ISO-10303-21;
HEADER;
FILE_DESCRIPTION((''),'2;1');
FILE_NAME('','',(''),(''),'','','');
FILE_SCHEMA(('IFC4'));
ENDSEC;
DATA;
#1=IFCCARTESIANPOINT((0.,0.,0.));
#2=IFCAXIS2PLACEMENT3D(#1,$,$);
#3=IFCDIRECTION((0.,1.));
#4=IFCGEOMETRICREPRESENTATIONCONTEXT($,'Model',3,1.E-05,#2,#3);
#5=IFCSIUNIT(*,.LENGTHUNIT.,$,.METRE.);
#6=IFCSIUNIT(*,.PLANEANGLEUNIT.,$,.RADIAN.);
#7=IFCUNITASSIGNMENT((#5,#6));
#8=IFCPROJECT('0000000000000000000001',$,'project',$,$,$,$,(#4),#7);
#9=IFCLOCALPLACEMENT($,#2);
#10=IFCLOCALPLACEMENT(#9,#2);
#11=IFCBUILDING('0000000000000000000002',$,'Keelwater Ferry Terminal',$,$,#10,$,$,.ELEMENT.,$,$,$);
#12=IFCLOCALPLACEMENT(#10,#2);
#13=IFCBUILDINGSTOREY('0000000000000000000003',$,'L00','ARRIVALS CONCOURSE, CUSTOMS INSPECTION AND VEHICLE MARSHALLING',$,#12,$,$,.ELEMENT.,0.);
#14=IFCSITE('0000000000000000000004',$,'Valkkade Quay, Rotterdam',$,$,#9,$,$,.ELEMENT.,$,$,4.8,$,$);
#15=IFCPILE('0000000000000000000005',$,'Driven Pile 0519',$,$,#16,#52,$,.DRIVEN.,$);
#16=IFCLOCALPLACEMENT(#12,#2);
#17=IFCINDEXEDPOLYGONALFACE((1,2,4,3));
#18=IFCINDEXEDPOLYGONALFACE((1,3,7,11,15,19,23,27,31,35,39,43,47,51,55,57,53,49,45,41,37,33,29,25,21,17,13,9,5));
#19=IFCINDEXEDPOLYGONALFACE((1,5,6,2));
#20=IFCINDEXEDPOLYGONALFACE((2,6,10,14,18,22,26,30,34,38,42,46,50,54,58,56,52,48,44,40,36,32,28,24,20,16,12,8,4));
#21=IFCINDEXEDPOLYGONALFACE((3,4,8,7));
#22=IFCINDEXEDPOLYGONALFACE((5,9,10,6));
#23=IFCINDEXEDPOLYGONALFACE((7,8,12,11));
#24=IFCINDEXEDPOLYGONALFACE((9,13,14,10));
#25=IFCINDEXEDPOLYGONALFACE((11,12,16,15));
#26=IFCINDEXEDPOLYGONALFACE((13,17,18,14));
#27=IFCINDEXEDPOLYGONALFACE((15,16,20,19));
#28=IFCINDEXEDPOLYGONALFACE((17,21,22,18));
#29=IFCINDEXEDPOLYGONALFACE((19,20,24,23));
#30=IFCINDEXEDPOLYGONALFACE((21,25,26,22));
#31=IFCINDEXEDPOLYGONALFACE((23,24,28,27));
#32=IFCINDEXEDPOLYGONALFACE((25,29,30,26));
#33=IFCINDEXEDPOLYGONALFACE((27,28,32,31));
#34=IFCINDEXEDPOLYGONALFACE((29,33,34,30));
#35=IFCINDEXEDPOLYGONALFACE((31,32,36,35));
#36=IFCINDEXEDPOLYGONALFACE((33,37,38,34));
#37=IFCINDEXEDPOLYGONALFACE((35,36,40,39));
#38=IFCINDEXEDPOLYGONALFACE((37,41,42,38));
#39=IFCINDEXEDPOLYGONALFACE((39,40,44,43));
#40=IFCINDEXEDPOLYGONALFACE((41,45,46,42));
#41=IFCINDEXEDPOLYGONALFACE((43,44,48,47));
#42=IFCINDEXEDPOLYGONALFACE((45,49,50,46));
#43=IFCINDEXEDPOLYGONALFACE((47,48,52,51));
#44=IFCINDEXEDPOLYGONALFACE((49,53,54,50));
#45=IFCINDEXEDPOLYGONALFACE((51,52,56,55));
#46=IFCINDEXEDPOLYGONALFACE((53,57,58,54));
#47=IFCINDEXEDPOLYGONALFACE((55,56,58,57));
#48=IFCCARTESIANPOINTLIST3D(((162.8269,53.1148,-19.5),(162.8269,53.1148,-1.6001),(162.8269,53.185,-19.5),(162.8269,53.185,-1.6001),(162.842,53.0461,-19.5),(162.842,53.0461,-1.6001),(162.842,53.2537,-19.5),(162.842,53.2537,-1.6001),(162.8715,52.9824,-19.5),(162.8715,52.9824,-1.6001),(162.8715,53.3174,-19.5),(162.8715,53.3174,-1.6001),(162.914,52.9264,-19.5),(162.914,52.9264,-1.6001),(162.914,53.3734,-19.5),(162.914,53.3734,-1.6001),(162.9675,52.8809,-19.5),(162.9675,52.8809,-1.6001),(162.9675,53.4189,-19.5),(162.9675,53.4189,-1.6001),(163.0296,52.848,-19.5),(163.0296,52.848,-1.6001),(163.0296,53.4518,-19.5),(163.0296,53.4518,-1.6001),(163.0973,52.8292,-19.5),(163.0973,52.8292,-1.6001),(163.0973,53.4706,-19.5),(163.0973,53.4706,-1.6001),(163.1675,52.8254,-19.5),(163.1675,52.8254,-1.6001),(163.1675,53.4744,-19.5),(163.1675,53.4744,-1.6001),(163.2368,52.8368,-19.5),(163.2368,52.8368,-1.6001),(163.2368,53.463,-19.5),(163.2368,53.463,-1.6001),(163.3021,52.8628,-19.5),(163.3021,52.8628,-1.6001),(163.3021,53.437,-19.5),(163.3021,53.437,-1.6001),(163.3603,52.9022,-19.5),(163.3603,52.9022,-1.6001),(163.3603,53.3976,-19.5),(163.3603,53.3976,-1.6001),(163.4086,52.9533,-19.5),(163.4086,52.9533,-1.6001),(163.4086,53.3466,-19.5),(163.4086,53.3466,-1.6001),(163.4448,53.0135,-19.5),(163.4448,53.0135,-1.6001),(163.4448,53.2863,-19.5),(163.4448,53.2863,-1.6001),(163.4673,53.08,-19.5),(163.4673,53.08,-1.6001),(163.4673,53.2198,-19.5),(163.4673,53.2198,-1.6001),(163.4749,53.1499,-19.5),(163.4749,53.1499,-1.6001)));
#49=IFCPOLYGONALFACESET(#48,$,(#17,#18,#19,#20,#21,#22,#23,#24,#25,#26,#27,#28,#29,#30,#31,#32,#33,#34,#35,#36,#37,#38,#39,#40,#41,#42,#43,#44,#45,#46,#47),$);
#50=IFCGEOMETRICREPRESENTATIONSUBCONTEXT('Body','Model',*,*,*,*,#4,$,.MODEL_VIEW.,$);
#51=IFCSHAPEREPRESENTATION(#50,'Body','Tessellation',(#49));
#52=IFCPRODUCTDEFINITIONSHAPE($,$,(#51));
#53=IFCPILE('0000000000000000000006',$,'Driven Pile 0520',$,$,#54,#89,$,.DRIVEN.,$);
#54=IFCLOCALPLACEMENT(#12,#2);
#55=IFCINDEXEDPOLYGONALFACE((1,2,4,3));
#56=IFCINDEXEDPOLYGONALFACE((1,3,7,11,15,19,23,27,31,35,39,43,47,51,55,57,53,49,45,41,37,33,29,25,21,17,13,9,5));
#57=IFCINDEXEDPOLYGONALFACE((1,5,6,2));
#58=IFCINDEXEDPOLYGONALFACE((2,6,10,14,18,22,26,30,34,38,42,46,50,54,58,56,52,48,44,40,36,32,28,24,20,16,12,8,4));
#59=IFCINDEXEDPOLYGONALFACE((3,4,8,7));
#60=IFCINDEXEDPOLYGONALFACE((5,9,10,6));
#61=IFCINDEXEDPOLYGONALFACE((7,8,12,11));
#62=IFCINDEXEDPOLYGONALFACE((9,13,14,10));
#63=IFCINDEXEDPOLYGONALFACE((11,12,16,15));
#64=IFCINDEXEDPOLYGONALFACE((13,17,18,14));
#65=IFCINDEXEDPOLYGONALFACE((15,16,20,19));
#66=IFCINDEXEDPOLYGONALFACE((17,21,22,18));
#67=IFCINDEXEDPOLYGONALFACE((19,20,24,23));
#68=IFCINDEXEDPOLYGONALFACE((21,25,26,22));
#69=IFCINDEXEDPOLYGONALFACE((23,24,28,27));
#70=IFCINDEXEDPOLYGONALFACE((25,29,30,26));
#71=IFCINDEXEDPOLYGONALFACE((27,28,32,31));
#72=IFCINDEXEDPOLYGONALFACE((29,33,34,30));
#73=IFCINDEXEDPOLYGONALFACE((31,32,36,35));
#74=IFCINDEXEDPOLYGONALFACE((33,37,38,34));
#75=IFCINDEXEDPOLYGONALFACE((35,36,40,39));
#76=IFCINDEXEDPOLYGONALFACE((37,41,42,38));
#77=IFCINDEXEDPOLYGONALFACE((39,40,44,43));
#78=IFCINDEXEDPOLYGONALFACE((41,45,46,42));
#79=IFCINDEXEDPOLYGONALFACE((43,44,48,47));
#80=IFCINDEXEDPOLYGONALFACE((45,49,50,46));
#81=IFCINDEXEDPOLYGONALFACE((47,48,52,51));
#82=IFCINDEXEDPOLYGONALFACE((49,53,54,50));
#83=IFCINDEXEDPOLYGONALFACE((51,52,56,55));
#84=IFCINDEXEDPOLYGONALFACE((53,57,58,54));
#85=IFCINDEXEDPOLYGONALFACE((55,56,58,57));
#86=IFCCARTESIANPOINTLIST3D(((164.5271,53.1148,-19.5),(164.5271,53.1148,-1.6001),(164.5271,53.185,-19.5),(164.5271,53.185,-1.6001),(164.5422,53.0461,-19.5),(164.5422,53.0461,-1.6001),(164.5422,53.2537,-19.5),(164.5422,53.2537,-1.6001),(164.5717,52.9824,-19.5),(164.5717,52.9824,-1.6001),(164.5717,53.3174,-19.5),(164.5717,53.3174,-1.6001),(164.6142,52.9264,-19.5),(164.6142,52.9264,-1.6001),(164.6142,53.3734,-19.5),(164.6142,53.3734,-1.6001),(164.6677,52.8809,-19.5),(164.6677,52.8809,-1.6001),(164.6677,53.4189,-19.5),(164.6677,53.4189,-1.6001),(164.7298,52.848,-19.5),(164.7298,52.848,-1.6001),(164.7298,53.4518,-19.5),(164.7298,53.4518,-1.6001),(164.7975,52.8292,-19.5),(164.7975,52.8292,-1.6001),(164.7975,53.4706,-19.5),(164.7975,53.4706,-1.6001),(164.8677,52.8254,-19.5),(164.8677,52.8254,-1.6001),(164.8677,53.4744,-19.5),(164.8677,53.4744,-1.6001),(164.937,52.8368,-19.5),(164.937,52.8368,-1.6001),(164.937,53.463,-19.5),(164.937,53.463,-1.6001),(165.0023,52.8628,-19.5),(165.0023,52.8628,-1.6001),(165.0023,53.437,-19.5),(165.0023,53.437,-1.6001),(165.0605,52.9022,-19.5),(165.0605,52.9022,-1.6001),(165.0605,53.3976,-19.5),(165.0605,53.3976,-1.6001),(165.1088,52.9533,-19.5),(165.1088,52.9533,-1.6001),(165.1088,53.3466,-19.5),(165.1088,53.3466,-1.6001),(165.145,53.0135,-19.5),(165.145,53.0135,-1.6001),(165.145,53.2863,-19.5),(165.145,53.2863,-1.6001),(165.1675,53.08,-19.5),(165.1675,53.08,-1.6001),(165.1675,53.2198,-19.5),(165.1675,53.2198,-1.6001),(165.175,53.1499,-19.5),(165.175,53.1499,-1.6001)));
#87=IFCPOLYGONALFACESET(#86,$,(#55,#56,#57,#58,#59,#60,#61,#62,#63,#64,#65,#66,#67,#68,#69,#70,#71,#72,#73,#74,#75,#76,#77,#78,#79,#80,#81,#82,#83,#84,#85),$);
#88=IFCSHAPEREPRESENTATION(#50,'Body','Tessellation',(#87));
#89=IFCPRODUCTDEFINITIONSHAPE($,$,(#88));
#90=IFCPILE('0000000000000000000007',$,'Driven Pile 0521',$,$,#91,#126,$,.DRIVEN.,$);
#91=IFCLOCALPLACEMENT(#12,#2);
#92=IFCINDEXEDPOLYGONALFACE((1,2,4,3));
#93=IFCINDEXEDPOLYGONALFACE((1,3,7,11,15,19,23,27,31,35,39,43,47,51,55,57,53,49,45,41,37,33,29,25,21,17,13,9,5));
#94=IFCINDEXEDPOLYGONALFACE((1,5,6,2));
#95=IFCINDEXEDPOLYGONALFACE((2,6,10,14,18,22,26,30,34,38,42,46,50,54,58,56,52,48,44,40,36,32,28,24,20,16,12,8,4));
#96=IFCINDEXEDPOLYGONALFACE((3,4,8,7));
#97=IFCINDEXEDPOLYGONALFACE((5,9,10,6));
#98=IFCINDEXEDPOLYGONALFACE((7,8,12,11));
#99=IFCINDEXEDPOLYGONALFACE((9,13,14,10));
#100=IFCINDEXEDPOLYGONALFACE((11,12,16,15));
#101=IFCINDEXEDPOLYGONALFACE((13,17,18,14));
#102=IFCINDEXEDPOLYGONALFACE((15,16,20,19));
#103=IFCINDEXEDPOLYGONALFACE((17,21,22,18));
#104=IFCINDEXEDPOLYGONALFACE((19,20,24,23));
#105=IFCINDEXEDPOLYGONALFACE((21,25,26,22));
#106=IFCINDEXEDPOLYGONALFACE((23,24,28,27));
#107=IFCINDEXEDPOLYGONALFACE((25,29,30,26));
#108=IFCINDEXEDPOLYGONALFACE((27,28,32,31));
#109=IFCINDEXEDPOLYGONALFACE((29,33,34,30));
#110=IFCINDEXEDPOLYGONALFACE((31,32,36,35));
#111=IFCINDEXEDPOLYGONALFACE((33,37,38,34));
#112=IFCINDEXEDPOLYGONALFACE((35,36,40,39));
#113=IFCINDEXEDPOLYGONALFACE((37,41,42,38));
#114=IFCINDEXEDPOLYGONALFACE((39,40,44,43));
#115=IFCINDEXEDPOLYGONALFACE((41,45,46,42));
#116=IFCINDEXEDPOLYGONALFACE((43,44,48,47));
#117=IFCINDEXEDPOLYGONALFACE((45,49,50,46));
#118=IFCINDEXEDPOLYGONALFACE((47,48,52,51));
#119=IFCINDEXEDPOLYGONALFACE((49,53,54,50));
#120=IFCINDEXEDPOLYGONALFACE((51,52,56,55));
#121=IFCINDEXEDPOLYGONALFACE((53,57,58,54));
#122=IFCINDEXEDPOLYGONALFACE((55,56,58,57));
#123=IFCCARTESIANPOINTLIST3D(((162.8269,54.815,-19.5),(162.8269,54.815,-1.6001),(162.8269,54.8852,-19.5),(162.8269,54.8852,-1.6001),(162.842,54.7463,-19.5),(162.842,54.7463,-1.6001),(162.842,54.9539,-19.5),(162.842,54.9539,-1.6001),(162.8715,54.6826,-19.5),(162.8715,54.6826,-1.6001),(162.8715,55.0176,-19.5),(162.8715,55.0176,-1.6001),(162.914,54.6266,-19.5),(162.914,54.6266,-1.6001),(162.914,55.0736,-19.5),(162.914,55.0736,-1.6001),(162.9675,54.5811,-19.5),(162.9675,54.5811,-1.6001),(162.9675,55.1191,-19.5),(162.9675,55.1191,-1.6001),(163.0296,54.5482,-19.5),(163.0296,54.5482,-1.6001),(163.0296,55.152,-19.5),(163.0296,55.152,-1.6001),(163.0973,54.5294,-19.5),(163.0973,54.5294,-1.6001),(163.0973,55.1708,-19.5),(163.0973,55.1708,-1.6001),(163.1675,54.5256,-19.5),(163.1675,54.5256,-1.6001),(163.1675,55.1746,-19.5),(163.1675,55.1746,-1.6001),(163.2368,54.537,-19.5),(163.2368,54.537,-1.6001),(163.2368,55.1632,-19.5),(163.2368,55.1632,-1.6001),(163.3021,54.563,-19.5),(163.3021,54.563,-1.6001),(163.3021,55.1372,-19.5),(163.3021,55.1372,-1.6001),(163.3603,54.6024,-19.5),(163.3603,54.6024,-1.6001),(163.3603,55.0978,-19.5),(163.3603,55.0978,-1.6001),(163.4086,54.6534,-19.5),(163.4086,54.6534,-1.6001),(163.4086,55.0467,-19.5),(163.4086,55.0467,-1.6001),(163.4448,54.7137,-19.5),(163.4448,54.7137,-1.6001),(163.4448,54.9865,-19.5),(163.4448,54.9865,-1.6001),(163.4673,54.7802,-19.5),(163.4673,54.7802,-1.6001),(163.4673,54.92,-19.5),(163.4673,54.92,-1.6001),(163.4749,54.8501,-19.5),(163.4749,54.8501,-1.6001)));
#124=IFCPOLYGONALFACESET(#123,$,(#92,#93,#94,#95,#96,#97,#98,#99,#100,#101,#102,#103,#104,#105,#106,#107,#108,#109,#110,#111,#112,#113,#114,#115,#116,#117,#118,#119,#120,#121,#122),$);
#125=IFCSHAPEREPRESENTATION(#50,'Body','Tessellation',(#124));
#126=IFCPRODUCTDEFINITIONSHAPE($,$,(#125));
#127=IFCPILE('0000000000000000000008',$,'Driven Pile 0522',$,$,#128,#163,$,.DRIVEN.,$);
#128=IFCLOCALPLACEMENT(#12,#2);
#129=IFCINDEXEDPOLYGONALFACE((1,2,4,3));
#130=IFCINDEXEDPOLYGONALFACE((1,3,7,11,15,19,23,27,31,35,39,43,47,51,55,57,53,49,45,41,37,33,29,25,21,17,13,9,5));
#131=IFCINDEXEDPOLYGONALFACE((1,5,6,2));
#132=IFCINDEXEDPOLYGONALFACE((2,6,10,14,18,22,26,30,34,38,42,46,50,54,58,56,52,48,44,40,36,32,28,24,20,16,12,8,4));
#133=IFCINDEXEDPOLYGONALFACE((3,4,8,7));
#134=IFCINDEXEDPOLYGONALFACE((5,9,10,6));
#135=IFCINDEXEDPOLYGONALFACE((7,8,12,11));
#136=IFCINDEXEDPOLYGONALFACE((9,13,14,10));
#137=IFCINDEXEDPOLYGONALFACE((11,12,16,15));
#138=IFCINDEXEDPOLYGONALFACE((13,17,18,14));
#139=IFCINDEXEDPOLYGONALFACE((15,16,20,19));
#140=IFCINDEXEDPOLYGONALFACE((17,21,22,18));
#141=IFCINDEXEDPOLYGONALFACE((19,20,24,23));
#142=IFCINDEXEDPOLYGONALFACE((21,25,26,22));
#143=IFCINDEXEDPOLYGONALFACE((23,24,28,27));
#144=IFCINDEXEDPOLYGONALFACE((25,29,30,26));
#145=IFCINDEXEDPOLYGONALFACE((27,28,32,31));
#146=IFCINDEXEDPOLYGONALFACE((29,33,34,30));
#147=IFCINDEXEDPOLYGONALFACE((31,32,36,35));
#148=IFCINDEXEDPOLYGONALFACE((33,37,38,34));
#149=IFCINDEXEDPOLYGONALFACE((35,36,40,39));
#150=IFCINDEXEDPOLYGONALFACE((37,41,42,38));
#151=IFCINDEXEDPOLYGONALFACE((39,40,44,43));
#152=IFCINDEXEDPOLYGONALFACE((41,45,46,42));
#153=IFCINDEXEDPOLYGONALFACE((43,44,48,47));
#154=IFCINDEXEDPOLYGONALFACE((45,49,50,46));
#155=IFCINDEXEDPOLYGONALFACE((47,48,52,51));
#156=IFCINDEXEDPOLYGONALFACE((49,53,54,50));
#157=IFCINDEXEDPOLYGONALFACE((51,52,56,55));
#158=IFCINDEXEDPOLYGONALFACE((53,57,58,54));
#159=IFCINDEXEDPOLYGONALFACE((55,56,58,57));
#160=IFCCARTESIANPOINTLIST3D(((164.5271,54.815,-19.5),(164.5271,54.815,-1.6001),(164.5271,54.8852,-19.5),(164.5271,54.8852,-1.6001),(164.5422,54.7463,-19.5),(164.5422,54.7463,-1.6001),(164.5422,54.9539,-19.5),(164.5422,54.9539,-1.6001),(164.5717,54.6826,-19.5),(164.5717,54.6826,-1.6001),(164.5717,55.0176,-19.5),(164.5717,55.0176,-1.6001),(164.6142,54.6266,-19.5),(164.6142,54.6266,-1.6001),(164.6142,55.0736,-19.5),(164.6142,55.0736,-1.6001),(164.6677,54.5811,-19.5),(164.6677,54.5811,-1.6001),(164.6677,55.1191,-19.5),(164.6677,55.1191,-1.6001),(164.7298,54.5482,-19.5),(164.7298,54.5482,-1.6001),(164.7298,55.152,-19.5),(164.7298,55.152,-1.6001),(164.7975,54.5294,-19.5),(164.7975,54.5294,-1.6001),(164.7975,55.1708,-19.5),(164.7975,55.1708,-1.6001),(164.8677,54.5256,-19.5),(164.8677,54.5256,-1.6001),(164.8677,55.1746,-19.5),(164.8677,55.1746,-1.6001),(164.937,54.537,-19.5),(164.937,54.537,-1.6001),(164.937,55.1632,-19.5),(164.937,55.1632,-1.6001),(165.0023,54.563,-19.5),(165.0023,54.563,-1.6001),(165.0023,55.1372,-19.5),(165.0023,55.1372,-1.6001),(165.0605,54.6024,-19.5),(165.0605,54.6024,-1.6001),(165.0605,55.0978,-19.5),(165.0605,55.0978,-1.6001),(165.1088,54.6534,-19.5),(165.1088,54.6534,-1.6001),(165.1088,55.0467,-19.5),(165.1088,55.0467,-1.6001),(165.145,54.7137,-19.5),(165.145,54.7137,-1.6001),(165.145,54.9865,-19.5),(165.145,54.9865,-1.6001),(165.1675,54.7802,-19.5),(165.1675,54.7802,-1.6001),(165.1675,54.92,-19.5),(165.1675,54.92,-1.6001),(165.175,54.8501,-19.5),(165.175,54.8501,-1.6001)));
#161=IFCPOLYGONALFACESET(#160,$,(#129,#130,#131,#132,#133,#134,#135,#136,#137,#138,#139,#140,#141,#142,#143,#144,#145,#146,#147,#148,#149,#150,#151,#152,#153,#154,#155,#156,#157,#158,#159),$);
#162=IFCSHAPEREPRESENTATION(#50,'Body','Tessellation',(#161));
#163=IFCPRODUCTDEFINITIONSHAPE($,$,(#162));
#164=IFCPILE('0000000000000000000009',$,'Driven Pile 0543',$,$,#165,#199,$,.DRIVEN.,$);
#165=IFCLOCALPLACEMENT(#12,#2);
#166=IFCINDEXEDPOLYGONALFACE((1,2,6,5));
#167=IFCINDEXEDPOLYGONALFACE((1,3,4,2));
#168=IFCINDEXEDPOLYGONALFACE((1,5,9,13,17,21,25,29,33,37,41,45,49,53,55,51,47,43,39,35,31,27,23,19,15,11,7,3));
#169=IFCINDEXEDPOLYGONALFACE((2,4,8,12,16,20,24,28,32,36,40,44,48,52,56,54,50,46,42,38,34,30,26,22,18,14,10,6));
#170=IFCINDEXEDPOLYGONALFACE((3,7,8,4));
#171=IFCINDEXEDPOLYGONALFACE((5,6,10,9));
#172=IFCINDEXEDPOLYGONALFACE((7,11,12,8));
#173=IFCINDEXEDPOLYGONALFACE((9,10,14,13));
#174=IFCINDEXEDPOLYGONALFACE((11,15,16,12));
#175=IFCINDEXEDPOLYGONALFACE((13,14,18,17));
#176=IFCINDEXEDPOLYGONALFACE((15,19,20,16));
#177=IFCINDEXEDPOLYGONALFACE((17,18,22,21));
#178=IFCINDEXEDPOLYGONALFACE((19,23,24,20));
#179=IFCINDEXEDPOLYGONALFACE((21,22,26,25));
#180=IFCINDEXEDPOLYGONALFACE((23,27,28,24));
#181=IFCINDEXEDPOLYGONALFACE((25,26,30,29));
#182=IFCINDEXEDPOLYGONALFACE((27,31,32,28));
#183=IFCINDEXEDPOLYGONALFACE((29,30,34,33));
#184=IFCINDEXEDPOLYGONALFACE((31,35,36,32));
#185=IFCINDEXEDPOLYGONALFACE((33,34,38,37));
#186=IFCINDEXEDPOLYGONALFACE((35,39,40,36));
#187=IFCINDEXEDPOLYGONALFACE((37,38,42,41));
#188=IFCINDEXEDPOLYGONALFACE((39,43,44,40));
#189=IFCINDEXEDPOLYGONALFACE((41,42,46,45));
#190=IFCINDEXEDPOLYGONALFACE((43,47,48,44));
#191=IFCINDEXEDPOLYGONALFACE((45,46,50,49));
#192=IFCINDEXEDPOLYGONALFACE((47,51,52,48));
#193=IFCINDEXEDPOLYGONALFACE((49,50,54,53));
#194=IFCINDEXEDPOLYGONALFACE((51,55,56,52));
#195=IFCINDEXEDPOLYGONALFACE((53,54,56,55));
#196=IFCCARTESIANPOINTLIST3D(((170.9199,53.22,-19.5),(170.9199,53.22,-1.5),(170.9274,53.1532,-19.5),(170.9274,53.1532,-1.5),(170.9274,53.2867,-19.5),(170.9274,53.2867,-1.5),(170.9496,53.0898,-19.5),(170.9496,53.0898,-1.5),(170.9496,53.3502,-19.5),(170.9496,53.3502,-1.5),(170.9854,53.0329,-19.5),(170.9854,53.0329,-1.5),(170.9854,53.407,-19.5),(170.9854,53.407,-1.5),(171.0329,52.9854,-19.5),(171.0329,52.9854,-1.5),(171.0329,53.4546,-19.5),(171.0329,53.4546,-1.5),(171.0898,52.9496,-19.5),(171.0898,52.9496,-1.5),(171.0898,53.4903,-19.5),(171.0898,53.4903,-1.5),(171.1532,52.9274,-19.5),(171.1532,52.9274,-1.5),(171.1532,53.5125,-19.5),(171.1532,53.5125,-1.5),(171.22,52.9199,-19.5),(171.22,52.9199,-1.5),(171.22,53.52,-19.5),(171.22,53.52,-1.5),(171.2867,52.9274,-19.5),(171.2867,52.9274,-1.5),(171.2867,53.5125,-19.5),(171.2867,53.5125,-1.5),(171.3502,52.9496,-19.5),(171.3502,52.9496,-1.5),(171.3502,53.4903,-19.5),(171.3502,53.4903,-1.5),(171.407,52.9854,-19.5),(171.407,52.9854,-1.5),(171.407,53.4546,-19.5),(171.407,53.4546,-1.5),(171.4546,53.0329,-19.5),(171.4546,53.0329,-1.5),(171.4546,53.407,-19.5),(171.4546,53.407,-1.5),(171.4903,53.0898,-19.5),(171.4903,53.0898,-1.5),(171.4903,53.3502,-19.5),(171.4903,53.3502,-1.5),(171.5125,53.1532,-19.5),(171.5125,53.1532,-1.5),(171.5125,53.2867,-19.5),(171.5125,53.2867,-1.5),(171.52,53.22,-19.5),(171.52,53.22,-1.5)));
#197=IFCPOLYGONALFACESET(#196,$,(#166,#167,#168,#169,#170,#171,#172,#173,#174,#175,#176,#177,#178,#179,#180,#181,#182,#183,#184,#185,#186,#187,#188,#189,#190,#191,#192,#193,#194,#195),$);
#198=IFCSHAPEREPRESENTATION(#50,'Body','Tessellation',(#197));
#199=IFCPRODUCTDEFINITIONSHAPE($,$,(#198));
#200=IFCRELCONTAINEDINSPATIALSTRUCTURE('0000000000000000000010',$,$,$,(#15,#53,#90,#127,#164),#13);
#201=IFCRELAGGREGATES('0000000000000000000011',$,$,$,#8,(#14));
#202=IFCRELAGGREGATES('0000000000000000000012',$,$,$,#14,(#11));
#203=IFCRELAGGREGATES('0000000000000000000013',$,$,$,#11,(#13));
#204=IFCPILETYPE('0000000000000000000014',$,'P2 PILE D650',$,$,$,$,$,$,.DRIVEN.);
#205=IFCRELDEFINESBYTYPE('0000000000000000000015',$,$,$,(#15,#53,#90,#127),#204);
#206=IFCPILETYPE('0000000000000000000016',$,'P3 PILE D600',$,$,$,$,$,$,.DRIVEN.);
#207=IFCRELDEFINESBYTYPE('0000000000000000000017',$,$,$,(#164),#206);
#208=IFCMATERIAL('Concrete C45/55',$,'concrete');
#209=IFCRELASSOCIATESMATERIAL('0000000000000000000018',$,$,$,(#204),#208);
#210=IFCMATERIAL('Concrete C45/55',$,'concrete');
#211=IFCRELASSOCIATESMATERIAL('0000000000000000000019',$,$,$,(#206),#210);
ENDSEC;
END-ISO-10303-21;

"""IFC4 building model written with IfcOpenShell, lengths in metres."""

from ifc_helpers import new_model, si_unit, direction, frame, origin, origin_2d, place, context, subcontext, project, spatial, circle, extrude, material, material_profile, profile_set, type_object, element, save


model = new_model("IFC4")

# Units and contexts
model_context = context("Model", 3, precision=1e-05, world=origin(), true_north=direction((0.0, 1.0)))
body_context = subcontext(model_context, "Body", "Model", "MODEL_VIEW")
ifc_project = project(units=[si_unit("LENGTHUNIT", "METRE"), si_unit("PLANEANGLEUNIT", "RADIAN")], contexts=[model_context])

# Site, building, storey
site_placement = place(None, origin())
site = spatial("IfcSite", under=ifc_project, at=site_placement, Name="Valkkade Quay, Rotterdam", CompositionType="ELEMENT", RefElevation=4.8)
building_placement = place(site_placement, origin())
building = spatial("IfcBuilding", under=site, at=building_placement, Name="Keelwater Ferry Terminal", CompositionType="ELEMENT")
storey_placement = place(building_placement, origin())
storey = spatial("IfcBuildingStorey", under=building, at=storey_placement, Name="L00", Description="ARRIVALS CONCOURSE, CUSTOMS INSPECTION AND VEHICLE MARSHALLING", CompositionType="ELEMENT", Elevation=0.0)

# Piles
ifc_material_1 = material(Name="Concrete C45/55", Category="concrete")
ifc_material_profile_1 = material_profile(ifc_material_1, circle(Radius=0.325, at=origin_2d()), Name="PILE D650")
ifc_profile_set_1 = profile_set([ifc_material_profile_1], Name="Concrete C45/55")
pile_type_1 = type_object("IfcPileType", Name="P2 PILE D650", PredefinedType="DRIVEN", material=ifc_profile_set_1)
for number, where, z_axis, x_axis, name in (
    (1, (163.1499, 53.1499, -1.6001), (0.0, 0.0, -1.0), (1.0, 0.0, 0.0), "Driven Pile 0519"),
    (2, (164.8501, 53.1499, -1.6001), (0.0, 0.0, -1.0), (1.0, 0.0, 0.0), "Driven Pile 0520"),
    (3, (163.1499, 54.8501, -1.6001), (0.0, 0.0, -1.0), (1.0, 0.0, 0.0), "Driven Pile 0521"),
    (4, (164.8501, 54.8501, -1.6001), (0.0, 0.0, -1.0), (1.0, 0.0, 0.0), "Driven Pile 0522"),
):
    element("IfcPile", number, at=place(storey_placement, frame(where, z_axis=z_axis, x_axis=x_axis)), inside=storey, type_object=pile_type_1, Name=name, PredefinedType="DRIVEN", context=body_context, shape_type="SweptSolid", body=[
        extrude(circle(Radius=0.325, at=origin_2d()), origin(), (0.0, 0.0, 1.0), 17.8999),
    ])
ifc_material_2 = material(Name="Concrete C45/55", Category="concrete")
ifc_material_profile_2 = material_profile(ifc_material_2, circle(Radius=0.3, at=origin_2d()), Name="PILE D600")
ifc_profile_set_2 = profile_set([ifc_material_profile_2], Name="Concrete C45/55")
pile_type_2 = type_object("IfcPileType", Name="P3 PILE D600", PredefinedType="DRIVEN", material=ifc_profile_set_2)
for number, where, z_axis, x_axis, name in (
    (5, (171.22, 53.22, -1.5), (0.0, 0.0, -1.0), (1.0, 0.0, 0.0), "Driven Pile 0543"),
):
    element("IfcPile", number, at=place(storey_placement, frame(where, z_axis=z_axis, x_axis=x_axis)), inside=storey, type_object=pile_type_2, Name=name, PredefinedType="DRIVEN", context=body_context, shape_type="SweptSolid", body=[
        extrude(circle(Radius=0.3, at=origin_2d()), origin(), (0.0, 0.0, 1.0), 18.0),
    ])

save(model, "model.ifc")
